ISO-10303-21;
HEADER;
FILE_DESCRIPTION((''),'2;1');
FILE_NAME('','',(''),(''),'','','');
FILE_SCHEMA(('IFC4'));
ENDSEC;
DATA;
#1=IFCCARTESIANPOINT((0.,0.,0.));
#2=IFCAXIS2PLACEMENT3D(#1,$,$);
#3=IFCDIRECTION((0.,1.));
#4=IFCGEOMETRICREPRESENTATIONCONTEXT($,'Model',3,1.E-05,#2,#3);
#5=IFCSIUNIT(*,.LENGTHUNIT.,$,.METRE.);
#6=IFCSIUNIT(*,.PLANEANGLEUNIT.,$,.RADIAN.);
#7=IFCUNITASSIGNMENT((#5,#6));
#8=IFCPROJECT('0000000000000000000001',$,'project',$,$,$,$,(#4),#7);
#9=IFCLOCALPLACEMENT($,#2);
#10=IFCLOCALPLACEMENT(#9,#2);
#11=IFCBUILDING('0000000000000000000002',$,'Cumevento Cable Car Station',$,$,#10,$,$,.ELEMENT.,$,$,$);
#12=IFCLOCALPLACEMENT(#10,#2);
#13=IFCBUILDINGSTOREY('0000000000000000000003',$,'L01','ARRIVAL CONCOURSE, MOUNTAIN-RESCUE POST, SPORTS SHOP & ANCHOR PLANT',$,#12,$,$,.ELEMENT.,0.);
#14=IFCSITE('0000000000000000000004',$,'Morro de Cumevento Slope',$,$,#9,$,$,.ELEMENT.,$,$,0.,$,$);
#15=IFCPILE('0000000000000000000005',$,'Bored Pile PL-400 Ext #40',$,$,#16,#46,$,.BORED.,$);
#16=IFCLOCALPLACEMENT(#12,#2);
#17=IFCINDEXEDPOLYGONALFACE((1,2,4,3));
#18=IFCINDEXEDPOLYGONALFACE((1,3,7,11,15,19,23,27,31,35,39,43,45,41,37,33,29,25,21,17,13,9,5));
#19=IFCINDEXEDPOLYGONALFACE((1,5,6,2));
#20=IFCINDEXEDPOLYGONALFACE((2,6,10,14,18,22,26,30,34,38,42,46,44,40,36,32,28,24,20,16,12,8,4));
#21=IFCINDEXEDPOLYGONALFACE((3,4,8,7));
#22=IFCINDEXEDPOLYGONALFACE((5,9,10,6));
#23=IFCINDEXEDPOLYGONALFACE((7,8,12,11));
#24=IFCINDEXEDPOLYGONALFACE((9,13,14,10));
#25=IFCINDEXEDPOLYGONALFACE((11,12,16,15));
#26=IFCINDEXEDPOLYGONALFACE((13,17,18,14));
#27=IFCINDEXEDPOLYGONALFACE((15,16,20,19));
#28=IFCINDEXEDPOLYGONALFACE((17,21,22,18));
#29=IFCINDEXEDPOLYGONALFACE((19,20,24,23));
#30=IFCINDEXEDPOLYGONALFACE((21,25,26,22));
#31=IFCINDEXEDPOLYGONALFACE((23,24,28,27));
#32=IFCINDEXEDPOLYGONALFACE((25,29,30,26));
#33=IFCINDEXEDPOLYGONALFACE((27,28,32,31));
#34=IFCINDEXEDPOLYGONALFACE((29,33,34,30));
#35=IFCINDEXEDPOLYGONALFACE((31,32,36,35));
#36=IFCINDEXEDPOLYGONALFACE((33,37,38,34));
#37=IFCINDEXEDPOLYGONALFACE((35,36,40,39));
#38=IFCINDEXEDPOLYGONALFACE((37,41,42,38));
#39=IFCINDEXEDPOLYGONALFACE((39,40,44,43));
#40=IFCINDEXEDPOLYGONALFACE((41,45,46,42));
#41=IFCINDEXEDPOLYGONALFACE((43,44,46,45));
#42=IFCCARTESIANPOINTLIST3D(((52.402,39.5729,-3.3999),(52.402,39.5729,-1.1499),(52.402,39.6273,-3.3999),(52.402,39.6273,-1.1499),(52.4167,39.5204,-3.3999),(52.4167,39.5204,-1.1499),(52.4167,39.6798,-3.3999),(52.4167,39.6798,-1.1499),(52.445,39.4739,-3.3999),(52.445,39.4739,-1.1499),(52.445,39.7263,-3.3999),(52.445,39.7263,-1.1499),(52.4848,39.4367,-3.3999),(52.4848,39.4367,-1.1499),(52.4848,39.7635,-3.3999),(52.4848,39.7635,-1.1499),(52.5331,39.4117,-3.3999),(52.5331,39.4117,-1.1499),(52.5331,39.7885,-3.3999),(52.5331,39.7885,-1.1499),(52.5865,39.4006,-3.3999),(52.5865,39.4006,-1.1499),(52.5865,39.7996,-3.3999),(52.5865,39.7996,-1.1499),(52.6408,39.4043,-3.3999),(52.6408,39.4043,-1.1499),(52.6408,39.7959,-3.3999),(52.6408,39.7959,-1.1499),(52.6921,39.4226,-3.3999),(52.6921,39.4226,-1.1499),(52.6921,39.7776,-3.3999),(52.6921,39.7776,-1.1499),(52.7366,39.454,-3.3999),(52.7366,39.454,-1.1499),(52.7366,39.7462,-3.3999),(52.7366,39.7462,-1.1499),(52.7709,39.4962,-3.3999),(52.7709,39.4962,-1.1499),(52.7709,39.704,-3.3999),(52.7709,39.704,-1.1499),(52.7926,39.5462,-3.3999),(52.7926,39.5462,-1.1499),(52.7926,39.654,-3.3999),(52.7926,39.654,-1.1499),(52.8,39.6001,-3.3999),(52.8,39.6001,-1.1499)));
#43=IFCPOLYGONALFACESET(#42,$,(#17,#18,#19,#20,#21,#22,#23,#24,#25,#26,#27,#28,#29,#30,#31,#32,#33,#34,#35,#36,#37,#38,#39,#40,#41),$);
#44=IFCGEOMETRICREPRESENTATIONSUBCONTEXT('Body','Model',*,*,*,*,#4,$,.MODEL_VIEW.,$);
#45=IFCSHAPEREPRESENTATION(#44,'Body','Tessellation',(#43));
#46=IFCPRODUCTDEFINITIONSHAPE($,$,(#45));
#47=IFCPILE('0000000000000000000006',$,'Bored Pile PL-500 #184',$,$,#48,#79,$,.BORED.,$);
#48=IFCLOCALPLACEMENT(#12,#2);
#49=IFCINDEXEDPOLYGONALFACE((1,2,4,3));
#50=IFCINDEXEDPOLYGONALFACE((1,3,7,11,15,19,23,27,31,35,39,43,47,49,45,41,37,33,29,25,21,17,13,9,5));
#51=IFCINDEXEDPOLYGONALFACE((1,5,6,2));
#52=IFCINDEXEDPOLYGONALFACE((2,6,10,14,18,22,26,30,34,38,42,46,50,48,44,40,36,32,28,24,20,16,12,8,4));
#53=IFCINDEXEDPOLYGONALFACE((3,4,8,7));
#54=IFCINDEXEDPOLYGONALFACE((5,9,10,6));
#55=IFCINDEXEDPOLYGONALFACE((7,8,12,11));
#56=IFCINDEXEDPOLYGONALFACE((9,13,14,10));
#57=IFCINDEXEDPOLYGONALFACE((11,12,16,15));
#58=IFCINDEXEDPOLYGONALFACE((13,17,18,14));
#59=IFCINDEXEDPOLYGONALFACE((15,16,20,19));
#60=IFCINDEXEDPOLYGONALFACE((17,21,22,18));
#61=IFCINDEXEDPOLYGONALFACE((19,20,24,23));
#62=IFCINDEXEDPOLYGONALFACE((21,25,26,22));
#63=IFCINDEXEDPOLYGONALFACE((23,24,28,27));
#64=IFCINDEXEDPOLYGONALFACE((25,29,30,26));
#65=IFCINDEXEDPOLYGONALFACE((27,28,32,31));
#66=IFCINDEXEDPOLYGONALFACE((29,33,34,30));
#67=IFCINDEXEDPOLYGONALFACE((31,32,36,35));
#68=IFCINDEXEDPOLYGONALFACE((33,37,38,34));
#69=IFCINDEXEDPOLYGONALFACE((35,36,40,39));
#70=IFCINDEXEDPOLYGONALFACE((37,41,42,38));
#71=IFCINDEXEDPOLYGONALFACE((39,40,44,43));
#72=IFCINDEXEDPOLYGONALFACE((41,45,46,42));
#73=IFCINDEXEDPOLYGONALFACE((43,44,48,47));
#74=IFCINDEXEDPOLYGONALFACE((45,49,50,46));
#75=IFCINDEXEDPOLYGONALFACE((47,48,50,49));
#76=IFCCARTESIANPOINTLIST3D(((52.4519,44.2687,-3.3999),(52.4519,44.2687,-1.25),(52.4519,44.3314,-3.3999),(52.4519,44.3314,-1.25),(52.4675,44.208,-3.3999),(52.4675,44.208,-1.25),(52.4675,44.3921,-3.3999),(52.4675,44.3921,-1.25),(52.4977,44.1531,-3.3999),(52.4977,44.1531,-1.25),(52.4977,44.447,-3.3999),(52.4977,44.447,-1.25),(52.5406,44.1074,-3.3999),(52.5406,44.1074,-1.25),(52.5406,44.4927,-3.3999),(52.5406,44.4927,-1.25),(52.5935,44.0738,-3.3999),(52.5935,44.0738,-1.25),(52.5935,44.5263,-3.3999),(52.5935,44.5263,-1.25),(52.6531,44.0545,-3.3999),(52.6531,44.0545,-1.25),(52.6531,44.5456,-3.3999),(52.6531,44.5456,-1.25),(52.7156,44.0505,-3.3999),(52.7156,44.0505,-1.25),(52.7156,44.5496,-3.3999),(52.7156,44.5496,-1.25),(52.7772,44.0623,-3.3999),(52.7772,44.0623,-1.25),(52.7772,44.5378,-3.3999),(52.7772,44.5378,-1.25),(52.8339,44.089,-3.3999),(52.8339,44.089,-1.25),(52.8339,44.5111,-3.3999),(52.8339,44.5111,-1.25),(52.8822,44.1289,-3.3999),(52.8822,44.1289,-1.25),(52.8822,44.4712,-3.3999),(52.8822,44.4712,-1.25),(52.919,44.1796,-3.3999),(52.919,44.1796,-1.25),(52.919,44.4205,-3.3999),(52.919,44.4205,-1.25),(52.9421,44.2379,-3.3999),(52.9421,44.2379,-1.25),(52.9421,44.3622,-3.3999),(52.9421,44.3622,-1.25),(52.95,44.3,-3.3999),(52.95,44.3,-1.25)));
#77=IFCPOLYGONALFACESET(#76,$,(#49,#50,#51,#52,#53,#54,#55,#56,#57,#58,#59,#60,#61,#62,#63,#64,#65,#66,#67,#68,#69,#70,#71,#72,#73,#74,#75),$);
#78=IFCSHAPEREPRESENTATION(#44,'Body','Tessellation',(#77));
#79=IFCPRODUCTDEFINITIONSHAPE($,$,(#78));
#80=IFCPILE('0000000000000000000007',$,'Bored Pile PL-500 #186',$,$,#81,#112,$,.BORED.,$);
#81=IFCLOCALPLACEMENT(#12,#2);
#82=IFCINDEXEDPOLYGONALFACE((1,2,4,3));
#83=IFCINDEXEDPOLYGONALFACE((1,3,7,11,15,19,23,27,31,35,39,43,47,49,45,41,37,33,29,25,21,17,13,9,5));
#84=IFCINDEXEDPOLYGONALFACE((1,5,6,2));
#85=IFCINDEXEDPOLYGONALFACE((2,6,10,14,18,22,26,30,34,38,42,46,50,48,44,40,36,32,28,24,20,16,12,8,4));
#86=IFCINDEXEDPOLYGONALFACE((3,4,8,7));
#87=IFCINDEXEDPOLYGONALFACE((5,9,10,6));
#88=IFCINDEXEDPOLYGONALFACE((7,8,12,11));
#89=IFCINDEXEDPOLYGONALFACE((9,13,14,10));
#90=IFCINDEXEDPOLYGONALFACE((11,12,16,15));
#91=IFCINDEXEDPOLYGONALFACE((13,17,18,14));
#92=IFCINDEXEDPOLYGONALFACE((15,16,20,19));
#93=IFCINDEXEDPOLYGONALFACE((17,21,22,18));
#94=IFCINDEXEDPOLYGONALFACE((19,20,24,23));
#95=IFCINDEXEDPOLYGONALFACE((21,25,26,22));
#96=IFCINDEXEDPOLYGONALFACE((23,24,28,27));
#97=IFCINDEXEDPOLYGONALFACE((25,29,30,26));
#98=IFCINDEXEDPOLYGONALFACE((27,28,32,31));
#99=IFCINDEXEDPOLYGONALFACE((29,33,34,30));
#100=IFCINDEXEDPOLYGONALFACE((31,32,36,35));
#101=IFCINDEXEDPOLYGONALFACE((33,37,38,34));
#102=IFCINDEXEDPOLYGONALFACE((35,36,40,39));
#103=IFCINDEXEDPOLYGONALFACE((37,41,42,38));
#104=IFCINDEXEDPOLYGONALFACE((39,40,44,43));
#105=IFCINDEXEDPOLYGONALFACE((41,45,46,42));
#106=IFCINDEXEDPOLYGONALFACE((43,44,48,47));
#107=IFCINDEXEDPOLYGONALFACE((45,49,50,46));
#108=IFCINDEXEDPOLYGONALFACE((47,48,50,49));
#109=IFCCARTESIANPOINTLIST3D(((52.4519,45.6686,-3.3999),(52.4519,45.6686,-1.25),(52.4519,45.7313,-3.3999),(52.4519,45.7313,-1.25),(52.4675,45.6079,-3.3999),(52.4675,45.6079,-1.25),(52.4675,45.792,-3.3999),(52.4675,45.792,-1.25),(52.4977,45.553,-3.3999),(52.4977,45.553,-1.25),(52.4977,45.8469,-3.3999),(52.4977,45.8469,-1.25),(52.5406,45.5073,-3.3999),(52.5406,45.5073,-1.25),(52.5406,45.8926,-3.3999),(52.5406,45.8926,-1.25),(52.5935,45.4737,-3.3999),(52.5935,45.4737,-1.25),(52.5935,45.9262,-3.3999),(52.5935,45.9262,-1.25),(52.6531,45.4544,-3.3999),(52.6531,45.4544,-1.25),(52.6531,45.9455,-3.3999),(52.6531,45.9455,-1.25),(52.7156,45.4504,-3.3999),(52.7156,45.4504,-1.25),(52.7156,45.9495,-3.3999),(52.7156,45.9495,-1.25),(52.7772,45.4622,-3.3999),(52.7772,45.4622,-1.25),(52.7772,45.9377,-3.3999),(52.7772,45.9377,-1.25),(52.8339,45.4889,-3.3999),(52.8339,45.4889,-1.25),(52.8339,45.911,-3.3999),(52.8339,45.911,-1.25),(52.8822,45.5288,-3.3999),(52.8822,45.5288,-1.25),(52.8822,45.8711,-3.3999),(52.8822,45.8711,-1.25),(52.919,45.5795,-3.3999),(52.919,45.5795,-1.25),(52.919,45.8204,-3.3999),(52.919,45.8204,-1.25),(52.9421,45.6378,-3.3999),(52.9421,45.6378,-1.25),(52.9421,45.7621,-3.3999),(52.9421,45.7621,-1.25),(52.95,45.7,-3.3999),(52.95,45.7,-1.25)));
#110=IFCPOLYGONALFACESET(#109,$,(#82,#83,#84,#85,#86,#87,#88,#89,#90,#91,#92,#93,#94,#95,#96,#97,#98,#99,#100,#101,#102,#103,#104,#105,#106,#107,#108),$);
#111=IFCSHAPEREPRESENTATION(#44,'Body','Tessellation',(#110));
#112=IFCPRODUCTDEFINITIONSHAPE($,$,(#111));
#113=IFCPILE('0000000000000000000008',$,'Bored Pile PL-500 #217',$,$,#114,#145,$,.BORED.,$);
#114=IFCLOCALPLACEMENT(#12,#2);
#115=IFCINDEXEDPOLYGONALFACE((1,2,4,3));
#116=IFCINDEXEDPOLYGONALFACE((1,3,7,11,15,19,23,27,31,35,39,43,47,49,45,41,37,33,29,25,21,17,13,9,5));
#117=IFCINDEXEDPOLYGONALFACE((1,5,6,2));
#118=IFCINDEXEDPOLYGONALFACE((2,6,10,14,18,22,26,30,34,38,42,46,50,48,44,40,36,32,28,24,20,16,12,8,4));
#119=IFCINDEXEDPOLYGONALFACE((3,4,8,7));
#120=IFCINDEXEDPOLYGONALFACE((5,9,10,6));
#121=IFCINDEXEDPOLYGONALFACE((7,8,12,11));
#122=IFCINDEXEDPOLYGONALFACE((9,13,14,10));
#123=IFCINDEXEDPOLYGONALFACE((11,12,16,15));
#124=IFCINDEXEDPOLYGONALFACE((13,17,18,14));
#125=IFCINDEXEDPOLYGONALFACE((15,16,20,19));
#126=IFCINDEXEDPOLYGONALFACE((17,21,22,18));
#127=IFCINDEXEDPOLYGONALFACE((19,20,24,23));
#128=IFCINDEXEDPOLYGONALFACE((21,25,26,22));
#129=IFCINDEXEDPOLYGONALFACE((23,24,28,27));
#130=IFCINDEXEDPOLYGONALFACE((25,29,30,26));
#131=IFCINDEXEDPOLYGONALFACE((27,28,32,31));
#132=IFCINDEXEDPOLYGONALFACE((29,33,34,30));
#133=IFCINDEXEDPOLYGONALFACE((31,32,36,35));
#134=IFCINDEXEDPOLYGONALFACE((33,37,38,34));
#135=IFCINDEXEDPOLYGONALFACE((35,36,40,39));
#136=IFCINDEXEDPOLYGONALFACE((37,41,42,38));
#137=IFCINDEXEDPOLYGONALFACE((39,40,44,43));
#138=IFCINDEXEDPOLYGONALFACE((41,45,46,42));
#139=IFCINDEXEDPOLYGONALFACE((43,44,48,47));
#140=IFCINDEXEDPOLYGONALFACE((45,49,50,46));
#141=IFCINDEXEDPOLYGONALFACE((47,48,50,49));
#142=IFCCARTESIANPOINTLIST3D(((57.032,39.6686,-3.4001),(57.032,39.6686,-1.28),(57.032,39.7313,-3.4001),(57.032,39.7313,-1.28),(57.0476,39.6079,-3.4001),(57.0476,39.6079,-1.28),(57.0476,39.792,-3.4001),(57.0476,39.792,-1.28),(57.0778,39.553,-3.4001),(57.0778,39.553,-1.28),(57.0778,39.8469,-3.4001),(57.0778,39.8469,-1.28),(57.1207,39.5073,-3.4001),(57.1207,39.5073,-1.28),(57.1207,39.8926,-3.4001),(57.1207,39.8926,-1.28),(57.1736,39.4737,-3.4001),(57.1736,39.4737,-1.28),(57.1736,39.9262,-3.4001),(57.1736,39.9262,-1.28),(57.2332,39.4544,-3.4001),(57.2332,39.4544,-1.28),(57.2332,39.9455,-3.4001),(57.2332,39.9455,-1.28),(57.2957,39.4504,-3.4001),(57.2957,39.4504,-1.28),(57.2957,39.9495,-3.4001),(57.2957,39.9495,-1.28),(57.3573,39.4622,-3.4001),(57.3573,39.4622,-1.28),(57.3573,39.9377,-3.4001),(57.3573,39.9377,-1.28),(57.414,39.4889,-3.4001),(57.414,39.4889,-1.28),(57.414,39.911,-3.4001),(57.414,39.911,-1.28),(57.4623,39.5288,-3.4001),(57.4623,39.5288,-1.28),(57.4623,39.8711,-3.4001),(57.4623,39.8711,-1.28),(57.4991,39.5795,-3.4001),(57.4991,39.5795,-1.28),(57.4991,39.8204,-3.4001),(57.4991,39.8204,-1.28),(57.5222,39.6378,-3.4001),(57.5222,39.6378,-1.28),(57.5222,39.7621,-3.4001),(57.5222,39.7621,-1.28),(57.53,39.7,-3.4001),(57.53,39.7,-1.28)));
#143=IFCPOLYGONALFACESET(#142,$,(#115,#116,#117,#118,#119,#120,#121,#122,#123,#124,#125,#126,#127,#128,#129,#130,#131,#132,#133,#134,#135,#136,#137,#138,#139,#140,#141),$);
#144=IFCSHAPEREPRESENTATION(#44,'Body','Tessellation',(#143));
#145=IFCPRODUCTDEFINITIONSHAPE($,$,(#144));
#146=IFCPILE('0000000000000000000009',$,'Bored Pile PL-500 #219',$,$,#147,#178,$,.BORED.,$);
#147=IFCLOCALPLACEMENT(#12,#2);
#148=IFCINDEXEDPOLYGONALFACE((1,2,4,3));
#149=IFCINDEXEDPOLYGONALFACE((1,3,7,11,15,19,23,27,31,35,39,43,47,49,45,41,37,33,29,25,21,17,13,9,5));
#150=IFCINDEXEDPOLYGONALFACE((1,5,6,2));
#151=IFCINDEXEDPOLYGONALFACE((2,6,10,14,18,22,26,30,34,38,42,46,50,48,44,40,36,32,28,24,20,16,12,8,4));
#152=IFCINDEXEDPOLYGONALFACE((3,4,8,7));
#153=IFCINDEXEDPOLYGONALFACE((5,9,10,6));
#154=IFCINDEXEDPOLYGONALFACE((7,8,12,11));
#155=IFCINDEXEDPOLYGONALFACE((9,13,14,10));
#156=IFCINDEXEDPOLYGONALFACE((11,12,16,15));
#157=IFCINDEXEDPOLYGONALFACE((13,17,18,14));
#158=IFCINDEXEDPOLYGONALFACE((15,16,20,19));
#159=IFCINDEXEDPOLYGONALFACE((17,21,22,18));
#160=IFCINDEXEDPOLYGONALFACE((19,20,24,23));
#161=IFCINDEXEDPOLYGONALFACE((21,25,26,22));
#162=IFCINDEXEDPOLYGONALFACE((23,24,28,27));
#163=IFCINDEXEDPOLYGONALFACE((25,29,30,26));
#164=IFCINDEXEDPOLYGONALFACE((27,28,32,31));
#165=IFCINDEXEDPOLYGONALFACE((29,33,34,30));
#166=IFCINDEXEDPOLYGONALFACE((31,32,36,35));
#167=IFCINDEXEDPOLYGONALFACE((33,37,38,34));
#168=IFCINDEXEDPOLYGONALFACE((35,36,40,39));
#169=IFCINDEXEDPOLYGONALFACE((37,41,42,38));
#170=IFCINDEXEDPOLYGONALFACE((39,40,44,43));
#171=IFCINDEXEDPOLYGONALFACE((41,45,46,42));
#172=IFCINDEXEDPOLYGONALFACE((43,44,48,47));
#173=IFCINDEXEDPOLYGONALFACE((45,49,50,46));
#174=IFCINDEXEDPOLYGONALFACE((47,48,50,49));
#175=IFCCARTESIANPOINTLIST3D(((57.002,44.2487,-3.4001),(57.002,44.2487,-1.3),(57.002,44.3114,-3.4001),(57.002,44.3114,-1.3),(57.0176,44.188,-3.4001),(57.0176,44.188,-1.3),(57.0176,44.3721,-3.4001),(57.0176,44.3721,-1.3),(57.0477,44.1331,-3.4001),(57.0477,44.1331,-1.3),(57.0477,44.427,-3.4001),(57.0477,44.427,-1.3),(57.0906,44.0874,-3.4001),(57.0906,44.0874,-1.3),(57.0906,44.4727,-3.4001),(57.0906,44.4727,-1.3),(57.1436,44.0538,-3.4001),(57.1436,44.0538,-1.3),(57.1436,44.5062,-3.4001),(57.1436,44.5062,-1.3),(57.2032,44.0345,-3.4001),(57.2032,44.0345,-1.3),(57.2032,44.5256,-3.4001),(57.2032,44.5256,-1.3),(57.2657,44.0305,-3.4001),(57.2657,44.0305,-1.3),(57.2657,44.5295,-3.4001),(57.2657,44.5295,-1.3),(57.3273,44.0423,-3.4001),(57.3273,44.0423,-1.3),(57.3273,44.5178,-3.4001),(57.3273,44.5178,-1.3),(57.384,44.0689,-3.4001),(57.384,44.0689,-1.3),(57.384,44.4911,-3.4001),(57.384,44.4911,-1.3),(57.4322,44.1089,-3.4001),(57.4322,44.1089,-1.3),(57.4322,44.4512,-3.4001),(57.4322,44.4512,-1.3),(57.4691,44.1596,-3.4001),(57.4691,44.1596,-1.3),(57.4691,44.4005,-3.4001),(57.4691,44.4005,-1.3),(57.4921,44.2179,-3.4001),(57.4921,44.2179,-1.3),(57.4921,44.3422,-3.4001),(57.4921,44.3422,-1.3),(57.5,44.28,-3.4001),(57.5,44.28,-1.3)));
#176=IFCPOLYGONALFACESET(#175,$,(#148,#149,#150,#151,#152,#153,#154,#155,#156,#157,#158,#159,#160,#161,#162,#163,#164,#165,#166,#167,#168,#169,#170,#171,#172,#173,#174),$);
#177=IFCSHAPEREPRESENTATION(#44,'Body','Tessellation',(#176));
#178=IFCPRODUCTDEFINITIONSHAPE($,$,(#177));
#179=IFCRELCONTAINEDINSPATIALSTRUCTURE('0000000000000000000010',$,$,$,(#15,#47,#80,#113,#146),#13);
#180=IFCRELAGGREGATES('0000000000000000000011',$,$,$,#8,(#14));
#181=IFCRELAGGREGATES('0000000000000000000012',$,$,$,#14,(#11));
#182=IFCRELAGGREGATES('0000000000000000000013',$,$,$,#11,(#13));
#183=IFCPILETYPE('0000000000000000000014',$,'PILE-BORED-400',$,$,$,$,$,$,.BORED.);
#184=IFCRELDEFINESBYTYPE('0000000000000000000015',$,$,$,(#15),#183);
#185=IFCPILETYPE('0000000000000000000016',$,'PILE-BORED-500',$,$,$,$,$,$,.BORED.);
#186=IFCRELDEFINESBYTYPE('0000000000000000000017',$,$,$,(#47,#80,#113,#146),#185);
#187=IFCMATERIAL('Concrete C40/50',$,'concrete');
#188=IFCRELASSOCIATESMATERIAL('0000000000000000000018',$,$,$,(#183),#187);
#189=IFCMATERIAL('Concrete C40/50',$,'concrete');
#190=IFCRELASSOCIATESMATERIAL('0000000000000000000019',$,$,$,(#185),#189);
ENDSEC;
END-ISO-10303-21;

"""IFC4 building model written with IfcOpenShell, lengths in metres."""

from ifc_helpers import new_model, si_unit, direction, frame, origin, origin_2d, place, context, subcontext, project, spatial, circle, extrude, material, material_profile, profile_set, type_object, element, save


model = new_model("IFC4")

# Units and contexts
model_context = context("Model", 3, precision=1e-05, world=origin(), true_north=direction((0.0, 1.0)))
body_context = subcontext(model_context, "Body", "Model", "MODEL_VIEW")
ifc_project = project(units=[si_unit("LENGTHUNIT", "METRE"), si_unit("PLANEANGLEUNIT", "RADIAN")], contexts=[model_context])

# Site, building, storey
site_placement = place(None, origin())
site = spatial("IfcSite", under=ifc_project, at=site_placement, Name="Morro de Cumevento Slope", CompositionType="ELEMENT", RefElevation=0.0)
building_placement = place(site_placement, origin())
building = spatial("IfcBuilding", under=site, at=building_placement, Name="Cumevento Cable Car Station", CompositionType="ELEMENT")
storey_placement = place(building_placement, origin())
storey = spatial("IfcBuildingStorey", under=building, at=storey_placement, Name="L01", Description="ARRIVAL CONCOURSE, MOUNTAIN-RESCUE POST, SPORTS SHOP & ANCHOR PLANT", CompositionType="ELEMENT", Elevation=0.0)

# Piles
ifc_material_1 = material(Name="Concrete C40/50", Category="concrete")
ifc_material_profile_1 = material_profile(ifc_material_1, circle(Radius=0.2, at=origin_2d()), Name="PILE-D400")
ifc_profile_set_1 = profile_set([ifc_material_profile_1], Name="Concrete C40/50")
pile_type_1 = type_object("IfcPileType", Name="PILE-BORED-400", PredefinedType="BORED", material=ifc_profile_set_1)
pile_1_placement = place(storey_placement, frame((52.6001, 39.6001, -1.1499), z_axis=(0.0, 0.0, -1.0), x_axis=(1.0, 0.0, 0.0)))
element("IfcPile", 1, at=pile_1_placement, inside=storey, type_object=pile_type_1, Name="Bored Pile PL-400 Ext #40", PredefinedType="BORED", context=body_context, shape_type="SweptSolid", body=[
    extrude(circle(Radius=0.2, at=origin_2d()), origin(), (0.0, 0.0, 1.0), 2.25),
])
ifc_material_2 = material(Name="Concrete C40/50", Category="concrete")
ifc_material_profile_2 = material_profile(ifc_material_2, circle(Radius=0.25, at=origin_2d()), Name="PILE-D500")
ifc_profile_set_2 = profile_set([ifc_material_profile_2], Name="Concrete C40/50")
pile_type_2 = type_object("IfcPileType", Name="PILE-BORED-500", PredefinedType="BORED", material=ifc_profile_set_2)
for number, where, z_axis, x_axis, name in (
    (2, (52.7, 44.3, -1.25), (0.0, 0.0, -1.0), (1.0, 0.0, 0.0), "Bored Pile PL-500 #184"),
    (3, (52.7, 45.7, -1.25), (0.0, 0.0, -1.0), (1.0, 0.0, 0.0), "Bored Pile PL-500 #186"),
):
    element("IfcPile", number, at=place(storey_placement, frame(where, z_axis=z_axis, x_axis=x_axis)), inside=storey, type_object=pile_type_2, Name=name, PredefinedType="BORED", context=body_context, shape_type="SweptSolid", body=[
        extrude(circle(Radius=0.25, at=origin_2d()), origin(), (0.0, 0.0, 1.0), 2.1499),
    ])
pile_2_placement = place(storey_placement, frame((57.28, 39.7, -1.28), z_axis=(0.0, 0.0, -1.0), x_axis=(1.0, 0.0, 0.0)))
element("IfcPile", 4, at=pile_2_placement, inside=storey, type_object=pile_type_2, Name="Bored Pile PL-500 #217", PredefinedType="BORED", context=body_context, shape_type="SweptSolid", body=[
    extrude(circle(Radius=0.25, at=origin_2d()), origin(), (0.0, 0.0, 1.0), 2.1201),
])
for number, where, z_axis, x_axis, name in (
    (5, (57.25, 44.28, -1.3), (0.0, 0.0, -1.0), (1.0, 0.0, 0.0), "Bored Pile PL-500 #219"),
):
    element("IfcPile", number, at=place(storey_placement, frame(where, z_axis=z_axis, x_axis=x_axis)), inside=storey, type_object=pile_type_2, Name=name, PredefinedType="BORED", context=body_context, shape_type="SweptSolid", body=[
        extrude(circle(Radius=0.25, at=origin_2d()), origin(), (0.0, 0.0, 1.0), 2.1001),
    ])

save(model, "model.ifc")
